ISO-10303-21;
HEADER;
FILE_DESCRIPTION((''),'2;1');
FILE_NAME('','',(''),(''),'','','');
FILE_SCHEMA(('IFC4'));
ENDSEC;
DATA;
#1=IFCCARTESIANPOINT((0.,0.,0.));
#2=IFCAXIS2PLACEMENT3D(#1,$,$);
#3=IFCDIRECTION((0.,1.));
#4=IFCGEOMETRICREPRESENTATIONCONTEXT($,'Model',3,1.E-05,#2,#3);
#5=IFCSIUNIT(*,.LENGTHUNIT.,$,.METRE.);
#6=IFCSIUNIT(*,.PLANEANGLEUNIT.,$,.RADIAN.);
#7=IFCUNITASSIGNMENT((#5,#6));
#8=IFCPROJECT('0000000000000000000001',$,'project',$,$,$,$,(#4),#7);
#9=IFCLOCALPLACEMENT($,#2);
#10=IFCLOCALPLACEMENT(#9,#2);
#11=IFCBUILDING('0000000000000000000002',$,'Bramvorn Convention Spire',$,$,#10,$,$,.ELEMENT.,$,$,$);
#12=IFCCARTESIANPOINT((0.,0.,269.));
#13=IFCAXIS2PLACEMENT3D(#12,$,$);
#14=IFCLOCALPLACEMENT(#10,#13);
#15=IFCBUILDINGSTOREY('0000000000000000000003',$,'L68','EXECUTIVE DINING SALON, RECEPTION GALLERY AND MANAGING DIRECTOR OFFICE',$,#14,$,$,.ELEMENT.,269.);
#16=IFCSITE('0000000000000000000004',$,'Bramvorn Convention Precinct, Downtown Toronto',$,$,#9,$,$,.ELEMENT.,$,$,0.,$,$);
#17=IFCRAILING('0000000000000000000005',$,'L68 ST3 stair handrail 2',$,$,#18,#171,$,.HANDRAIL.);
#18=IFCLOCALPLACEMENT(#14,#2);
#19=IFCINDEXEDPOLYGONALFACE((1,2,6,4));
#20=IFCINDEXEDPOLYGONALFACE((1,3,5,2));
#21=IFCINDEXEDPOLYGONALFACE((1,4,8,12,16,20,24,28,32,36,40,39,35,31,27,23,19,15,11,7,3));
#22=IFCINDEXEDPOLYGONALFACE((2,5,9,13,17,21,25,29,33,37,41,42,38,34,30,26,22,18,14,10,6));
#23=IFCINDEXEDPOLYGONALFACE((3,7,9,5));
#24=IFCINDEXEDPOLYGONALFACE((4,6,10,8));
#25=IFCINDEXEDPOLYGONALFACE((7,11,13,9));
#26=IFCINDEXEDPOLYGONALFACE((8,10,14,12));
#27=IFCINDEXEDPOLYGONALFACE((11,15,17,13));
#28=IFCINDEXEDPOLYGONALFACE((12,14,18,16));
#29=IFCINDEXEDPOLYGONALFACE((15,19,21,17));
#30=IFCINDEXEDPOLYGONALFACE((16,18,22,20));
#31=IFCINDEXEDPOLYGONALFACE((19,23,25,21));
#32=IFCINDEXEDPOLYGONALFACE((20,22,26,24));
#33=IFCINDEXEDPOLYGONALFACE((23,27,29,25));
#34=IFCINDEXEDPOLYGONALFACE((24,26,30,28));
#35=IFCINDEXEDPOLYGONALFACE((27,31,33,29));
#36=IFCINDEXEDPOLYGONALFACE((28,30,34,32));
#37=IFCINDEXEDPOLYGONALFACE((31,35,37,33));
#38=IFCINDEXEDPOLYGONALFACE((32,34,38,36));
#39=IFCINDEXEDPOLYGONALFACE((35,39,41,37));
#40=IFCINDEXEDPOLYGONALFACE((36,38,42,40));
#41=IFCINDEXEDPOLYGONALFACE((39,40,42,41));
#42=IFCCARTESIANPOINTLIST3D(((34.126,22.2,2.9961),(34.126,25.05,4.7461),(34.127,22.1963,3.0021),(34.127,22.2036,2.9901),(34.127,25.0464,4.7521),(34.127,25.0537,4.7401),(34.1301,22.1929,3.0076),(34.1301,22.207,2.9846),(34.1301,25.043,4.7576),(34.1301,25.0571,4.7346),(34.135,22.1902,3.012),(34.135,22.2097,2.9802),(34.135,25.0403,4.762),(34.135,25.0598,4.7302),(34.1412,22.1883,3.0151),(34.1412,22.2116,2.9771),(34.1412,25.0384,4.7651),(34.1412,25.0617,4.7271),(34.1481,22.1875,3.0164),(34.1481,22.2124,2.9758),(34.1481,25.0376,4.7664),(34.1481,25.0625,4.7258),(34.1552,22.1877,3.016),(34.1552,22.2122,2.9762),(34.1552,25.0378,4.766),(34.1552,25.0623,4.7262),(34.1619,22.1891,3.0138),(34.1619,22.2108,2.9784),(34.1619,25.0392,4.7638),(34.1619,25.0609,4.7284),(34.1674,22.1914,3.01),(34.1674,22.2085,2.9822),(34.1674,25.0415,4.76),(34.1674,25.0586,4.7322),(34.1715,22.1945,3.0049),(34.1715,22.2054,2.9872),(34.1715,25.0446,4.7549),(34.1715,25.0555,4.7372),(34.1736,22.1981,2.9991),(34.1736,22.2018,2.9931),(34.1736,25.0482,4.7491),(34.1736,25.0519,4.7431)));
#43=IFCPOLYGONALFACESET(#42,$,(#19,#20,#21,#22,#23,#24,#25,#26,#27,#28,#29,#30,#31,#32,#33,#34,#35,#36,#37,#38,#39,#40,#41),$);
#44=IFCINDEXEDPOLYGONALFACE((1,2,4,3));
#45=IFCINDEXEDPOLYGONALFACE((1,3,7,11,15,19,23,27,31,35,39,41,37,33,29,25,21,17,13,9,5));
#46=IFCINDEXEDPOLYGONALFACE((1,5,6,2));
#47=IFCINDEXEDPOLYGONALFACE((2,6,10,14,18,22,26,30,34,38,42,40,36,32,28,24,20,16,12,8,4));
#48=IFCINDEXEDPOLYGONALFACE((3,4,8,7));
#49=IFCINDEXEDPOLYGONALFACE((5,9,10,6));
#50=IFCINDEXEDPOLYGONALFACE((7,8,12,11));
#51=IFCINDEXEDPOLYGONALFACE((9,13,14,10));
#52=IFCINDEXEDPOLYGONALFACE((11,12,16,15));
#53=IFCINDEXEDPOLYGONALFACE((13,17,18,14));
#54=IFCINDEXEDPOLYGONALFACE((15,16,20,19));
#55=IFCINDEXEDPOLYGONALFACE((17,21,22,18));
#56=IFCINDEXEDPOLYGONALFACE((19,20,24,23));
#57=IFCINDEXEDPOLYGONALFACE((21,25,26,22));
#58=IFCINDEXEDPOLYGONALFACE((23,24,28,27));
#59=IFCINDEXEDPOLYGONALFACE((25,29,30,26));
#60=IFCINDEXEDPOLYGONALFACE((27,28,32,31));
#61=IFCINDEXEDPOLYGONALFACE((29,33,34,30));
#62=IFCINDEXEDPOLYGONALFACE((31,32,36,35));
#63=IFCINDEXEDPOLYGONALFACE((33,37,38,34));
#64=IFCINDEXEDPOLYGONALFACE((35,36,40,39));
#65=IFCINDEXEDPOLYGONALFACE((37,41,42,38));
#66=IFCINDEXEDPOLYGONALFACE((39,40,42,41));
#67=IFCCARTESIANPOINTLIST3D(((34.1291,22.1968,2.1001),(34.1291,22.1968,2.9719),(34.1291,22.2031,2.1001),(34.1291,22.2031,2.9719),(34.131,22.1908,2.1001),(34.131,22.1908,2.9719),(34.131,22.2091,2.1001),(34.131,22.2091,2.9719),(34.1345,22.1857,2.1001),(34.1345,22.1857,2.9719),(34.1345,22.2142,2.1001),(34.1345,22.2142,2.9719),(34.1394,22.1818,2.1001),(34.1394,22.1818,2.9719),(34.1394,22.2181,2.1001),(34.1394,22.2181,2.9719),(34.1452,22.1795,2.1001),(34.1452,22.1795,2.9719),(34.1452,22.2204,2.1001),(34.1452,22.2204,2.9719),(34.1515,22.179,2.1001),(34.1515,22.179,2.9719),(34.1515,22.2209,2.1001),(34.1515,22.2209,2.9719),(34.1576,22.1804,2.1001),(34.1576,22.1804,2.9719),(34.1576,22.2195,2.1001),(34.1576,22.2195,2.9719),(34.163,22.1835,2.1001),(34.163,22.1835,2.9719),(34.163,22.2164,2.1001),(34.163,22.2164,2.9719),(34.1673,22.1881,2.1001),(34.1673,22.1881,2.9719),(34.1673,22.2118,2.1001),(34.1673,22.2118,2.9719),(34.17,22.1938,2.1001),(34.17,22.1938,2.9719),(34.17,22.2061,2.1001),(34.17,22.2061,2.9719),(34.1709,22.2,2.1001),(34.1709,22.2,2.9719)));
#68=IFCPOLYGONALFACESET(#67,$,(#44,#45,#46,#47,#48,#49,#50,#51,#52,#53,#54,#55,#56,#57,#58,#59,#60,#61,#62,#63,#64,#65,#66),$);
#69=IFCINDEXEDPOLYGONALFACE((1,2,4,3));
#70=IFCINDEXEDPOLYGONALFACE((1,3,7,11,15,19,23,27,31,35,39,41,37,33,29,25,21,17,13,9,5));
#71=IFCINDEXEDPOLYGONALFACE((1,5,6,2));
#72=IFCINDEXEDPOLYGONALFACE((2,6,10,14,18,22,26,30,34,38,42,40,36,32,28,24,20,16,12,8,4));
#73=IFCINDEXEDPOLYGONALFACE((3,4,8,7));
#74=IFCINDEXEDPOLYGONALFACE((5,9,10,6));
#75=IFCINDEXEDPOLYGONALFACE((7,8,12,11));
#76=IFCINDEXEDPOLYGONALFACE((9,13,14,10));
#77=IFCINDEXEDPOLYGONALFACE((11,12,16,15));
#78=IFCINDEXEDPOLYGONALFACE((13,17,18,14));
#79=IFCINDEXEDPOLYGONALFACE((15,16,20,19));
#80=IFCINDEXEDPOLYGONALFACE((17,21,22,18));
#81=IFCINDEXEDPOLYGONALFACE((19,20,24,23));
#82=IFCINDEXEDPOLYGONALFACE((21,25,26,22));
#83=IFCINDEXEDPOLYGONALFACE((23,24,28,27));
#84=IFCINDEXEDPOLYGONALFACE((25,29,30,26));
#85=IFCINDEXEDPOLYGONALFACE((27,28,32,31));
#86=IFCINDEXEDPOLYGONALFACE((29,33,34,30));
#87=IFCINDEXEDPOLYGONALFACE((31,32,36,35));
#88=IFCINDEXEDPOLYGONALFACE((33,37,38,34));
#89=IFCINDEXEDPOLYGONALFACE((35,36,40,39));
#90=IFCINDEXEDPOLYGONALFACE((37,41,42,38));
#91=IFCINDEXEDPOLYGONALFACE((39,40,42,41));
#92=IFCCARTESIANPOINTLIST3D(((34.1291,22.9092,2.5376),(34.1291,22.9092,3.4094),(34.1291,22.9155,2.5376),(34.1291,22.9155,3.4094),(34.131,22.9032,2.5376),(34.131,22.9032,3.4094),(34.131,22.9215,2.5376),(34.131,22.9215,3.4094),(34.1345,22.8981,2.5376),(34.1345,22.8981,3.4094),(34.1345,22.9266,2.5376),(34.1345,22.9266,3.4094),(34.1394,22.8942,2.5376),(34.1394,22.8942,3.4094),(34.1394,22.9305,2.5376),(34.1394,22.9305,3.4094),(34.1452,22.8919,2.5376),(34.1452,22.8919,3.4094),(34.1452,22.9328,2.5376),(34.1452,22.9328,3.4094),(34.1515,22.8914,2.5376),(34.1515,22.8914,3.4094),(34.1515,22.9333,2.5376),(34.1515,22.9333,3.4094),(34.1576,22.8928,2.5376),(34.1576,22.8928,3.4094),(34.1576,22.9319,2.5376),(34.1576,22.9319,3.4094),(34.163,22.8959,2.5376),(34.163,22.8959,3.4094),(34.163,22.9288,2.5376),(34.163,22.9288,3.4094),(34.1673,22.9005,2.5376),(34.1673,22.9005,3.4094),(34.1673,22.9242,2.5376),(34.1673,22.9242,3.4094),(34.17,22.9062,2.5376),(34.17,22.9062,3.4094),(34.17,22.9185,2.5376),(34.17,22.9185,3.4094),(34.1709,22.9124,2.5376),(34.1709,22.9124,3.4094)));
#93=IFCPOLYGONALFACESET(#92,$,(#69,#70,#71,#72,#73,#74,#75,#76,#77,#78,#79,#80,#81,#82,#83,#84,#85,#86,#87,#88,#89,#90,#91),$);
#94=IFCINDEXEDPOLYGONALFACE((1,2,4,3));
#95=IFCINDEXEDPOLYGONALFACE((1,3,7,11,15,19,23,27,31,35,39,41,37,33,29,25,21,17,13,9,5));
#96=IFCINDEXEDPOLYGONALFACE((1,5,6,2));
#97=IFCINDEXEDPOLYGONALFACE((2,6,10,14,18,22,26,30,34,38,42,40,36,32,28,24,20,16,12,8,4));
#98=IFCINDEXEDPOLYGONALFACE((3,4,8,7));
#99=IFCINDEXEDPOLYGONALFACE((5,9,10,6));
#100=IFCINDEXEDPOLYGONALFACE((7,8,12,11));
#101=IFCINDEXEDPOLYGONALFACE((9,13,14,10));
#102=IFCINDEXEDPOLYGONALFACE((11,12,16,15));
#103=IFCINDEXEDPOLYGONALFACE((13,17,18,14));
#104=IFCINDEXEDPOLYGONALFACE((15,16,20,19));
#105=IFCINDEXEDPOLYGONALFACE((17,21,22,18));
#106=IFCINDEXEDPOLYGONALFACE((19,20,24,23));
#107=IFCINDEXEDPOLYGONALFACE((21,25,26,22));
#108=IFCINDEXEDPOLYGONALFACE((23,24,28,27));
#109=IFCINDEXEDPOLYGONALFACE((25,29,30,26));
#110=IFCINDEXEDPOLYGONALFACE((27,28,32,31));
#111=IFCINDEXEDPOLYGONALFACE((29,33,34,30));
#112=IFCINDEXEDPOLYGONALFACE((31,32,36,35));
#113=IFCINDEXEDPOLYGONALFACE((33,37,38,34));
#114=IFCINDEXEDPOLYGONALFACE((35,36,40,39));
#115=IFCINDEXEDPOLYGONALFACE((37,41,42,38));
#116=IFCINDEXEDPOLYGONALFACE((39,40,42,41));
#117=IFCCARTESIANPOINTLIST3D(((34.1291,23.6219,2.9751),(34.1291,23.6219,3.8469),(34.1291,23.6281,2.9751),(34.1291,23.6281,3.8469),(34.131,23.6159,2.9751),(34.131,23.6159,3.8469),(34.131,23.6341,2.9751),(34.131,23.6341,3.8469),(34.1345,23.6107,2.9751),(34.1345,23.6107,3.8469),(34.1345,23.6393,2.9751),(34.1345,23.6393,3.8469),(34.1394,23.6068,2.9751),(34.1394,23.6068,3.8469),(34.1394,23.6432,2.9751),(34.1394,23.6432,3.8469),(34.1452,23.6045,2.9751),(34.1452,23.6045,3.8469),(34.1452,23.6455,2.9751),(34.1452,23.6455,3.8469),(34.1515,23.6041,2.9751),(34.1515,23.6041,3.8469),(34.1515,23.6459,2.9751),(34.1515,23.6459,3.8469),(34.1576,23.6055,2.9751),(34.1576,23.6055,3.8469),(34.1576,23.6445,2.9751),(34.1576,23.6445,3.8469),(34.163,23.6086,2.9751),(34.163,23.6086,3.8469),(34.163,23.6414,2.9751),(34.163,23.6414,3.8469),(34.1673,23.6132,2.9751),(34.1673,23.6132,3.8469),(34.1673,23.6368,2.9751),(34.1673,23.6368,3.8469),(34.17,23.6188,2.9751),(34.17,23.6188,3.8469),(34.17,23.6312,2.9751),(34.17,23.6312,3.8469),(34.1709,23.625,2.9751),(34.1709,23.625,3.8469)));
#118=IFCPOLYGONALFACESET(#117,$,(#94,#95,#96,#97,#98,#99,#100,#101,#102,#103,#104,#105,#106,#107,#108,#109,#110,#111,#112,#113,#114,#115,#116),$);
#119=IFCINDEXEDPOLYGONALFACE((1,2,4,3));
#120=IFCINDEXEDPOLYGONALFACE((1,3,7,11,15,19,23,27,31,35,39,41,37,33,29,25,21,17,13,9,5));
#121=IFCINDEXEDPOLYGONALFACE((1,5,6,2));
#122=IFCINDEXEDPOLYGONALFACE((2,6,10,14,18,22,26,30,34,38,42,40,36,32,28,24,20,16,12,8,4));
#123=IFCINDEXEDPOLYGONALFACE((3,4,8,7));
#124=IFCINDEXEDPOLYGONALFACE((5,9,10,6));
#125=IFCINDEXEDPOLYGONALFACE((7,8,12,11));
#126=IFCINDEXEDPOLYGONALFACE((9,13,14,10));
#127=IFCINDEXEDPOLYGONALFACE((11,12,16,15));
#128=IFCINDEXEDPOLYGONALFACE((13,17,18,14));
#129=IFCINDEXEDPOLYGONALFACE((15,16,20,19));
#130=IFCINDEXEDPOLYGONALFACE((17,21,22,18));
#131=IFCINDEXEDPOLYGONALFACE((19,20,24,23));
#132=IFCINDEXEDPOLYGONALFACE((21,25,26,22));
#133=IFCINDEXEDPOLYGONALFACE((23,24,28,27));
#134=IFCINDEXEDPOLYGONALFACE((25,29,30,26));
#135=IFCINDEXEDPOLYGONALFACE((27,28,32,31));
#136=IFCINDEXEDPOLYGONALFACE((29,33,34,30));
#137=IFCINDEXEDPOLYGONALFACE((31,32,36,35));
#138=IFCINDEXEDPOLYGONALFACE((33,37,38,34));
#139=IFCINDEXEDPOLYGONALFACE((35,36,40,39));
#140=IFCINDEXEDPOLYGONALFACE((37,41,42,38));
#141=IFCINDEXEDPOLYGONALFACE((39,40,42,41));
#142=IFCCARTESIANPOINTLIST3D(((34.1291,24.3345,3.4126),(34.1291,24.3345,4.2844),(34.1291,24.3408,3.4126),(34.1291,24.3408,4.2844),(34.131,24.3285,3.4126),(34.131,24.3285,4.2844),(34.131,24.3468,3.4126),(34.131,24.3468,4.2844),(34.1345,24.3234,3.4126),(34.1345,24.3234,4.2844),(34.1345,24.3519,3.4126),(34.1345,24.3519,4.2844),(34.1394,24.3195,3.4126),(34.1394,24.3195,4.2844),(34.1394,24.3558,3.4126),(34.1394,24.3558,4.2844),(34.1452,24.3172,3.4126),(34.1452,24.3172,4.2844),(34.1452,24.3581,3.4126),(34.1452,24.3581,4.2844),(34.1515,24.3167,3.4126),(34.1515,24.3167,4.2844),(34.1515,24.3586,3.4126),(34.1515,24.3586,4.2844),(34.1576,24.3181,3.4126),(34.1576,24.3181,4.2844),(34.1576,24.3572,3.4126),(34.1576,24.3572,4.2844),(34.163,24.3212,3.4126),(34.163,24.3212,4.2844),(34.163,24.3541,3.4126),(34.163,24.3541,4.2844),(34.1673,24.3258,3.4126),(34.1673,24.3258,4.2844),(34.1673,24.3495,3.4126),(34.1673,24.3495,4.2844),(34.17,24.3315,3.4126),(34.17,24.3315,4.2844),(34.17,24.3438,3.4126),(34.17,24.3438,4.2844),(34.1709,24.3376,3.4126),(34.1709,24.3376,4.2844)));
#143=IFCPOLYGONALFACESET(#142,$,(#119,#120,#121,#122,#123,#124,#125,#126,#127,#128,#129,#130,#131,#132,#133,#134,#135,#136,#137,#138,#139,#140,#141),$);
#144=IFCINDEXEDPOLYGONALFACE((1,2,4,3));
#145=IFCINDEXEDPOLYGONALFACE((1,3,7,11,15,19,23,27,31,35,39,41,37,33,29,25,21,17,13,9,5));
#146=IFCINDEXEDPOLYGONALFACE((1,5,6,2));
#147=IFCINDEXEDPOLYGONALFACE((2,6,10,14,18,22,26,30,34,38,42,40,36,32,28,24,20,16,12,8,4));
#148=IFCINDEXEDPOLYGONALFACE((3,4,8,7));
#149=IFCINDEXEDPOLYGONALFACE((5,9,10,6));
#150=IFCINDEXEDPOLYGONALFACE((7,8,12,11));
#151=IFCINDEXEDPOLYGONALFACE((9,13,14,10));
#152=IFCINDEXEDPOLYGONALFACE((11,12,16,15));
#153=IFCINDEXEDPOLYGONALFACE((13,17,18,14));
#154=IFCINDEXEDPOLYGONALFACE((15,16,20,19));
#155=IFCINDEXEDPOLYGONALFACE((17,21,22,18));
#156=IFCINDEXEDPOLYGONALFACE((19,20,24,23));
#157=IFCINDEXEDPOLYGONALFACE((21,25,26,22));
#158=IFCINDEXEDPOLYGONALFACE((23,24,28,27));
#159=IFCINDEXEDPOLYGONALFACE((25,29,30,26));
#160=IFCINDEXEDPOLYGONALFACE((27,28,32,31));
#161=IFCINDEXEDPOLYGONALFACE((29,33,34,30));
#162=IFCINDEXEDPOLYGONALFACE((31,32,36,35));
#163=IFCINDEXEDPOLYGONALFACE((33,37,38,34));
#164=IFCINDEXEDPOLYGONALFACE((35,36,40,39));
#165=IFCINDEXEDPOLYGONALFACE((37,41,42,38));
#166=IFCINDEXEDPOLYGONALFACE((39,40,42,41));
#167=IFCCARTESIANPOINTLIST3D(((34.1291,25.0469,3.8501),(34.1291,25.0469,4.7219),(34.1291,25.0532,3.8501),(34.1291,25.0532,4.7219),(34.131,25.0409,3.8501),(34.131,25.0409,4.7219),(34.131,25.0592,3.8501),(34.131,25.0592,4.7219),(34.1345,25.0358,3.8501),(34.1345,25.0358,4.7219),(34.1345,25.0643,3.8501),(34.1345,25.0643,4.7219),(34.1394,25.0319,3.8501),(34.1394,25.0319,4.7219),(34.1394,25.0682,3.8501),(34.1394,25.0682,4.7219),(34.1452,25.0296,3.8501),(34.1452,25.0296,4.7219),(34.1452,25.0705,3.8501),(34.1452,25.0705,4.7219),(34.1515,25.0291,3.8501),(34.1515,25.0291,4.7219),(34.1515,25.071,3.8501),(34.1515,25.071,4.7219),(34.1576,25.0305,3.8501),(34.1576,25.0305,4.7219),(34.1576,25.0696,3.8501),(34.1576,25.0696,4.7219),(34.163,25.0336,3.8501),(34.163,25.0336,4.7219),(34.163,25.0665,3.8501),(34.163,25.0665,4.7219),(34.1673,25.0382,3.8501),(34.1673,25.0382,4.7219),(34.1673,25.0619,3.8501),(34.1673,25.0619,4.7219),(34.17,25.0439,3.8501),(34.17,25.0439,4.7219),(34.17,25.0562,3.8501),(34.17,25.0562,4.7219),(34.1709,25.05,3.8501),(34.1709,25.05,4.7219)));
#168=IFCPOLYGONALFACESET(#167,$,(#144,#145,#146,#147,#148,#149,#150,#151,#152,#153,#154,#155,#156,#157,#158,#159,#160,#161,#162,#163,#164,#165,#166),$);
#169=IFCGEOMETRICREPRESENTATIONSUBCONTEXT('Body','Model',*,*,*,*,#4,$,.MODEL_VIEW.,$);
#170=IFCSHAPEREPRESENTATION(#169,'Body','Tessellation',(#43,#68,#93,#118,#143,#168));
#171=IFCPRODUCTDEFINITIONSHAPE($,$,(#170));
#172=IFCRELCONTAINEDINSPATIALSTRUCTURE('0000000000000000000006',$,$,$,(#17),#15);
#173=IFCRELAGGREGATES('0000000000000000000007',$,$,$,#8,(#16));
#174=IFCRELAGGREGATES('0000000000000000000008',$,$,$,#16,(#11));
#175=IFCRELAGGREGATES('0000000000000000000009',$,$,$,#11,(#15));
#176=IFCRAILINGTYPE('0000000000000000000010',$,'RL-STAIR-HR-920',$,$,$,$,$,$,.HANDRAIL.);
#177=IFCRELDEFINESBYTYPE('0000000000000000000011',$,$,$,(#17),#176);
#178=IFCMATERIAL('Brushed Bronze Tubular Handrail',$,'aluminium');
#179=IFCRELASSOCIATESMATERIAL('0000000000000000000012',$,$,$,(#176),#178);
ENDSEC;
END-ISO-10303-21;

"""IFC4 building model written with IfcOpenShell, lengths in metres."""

from ifc_helpers import new_model, si_unit, direction, frame, origin, origin_2d, place, context, subcontext, project, spatial, circle, extrude, material, type_object, element, save


model = new_model("IFC4")

# Units and contexts
model_context = context("Model", 3, precision=1e-05, world=origin(), true_north=direction((0.0, 1.0)))
body_context = subcontext(model_context, "Body", "Model", "MODEL_VIEW")
ifc_project = project(units=[si_unit("LENGTHUNIT", "METRE"), si_unit("PLANEANGLEUNIT", "RADIAN")], contexts=[model_context])

# Site, building, storey
site_placement = place(None, origin())
site = spatial("IfcSite", under=ifc_project, at=site_placement, Name="Bramvorn Convention Precinct, Downtown Toronto", CompositionType="ELEMENT", RefElevation=0.0)
building_placement = place(site_placement, origin())
building = spatial("IfcBuilding", under=site, at=building_placement, Name="Bramvorn Convention Spire", CompositionType="ELEMENT")
storey_placement = place(building_placement, frame((0.0, 0.0, 269.0)))
storey = spatial("IfcBuildingStorey", under=building, at=storey_placement, Name="L68", Description="EXECUTIVE DINING SALON, RECEPTION GALLERY AND MANAGING DIRECTOR OFFICE", CompositionType="ELEMENT", Elevation=269.0)

# Railing
ifc_material_1 = material(Name="Brushed Bronze Tubular Handrail", Category="aluminium")
railing_type_1 = type_object("IfcRailingType", Name="RL-STAIR-HR-920", PredefinedType="HANDRAIL", material=ifc_material_1)
for number, where, name in (
    (1, (34.1499, 22.2, 2.1001), "L68 ST3 stair handrail 2"),
):
    element("IfcRailing", number, at=place(storey_placement, frame(where)), inside=storey, type_object=railing_type_1, Name=name, PredefinedType="HANDRAIL", context=body_context, shape_type="SweptSolid", body=[
        extrude(circle(Radius=0.0239, at=origin_2d()), frame((0.0, 0.0, 0.896), z_axis=(0.0, 0.852179, 0.52325), x_axis=(-1.0, 0.0, 0.0)), (0.0, 0.0, 1.0), 3.3445),
        extrude(circle(Radius=0.021, at=origin_2d()), origin(), (0.0, 0.0, 1.0), 0.8718),
        extrude(circle(Radius=0.021, at=origin_2d()), frame((0.0, 0.7124, 0.4375)), (0.0, 0.0, 1.0), 0.8718),
        extrude(circle(Radius=0.021, at=origin_2d()), frame((0.0, 1.425, 0.875)), (0.0, 0.0, 1.0), 0.8718),
        extrude(circle(Radius=0.021, at=origin_2d()), frame((0.0, 2.1377, 1.3125)), (0.0, 0.0, 1.0), 0.8718),
        extrude(circle(Radius=0.021, at=origin_2d()), frame((0.0, 2.8501, 1.75)), (0.0, 0.0, 1.0), 0.8718),
    ])

save(model, "model.ifc")
